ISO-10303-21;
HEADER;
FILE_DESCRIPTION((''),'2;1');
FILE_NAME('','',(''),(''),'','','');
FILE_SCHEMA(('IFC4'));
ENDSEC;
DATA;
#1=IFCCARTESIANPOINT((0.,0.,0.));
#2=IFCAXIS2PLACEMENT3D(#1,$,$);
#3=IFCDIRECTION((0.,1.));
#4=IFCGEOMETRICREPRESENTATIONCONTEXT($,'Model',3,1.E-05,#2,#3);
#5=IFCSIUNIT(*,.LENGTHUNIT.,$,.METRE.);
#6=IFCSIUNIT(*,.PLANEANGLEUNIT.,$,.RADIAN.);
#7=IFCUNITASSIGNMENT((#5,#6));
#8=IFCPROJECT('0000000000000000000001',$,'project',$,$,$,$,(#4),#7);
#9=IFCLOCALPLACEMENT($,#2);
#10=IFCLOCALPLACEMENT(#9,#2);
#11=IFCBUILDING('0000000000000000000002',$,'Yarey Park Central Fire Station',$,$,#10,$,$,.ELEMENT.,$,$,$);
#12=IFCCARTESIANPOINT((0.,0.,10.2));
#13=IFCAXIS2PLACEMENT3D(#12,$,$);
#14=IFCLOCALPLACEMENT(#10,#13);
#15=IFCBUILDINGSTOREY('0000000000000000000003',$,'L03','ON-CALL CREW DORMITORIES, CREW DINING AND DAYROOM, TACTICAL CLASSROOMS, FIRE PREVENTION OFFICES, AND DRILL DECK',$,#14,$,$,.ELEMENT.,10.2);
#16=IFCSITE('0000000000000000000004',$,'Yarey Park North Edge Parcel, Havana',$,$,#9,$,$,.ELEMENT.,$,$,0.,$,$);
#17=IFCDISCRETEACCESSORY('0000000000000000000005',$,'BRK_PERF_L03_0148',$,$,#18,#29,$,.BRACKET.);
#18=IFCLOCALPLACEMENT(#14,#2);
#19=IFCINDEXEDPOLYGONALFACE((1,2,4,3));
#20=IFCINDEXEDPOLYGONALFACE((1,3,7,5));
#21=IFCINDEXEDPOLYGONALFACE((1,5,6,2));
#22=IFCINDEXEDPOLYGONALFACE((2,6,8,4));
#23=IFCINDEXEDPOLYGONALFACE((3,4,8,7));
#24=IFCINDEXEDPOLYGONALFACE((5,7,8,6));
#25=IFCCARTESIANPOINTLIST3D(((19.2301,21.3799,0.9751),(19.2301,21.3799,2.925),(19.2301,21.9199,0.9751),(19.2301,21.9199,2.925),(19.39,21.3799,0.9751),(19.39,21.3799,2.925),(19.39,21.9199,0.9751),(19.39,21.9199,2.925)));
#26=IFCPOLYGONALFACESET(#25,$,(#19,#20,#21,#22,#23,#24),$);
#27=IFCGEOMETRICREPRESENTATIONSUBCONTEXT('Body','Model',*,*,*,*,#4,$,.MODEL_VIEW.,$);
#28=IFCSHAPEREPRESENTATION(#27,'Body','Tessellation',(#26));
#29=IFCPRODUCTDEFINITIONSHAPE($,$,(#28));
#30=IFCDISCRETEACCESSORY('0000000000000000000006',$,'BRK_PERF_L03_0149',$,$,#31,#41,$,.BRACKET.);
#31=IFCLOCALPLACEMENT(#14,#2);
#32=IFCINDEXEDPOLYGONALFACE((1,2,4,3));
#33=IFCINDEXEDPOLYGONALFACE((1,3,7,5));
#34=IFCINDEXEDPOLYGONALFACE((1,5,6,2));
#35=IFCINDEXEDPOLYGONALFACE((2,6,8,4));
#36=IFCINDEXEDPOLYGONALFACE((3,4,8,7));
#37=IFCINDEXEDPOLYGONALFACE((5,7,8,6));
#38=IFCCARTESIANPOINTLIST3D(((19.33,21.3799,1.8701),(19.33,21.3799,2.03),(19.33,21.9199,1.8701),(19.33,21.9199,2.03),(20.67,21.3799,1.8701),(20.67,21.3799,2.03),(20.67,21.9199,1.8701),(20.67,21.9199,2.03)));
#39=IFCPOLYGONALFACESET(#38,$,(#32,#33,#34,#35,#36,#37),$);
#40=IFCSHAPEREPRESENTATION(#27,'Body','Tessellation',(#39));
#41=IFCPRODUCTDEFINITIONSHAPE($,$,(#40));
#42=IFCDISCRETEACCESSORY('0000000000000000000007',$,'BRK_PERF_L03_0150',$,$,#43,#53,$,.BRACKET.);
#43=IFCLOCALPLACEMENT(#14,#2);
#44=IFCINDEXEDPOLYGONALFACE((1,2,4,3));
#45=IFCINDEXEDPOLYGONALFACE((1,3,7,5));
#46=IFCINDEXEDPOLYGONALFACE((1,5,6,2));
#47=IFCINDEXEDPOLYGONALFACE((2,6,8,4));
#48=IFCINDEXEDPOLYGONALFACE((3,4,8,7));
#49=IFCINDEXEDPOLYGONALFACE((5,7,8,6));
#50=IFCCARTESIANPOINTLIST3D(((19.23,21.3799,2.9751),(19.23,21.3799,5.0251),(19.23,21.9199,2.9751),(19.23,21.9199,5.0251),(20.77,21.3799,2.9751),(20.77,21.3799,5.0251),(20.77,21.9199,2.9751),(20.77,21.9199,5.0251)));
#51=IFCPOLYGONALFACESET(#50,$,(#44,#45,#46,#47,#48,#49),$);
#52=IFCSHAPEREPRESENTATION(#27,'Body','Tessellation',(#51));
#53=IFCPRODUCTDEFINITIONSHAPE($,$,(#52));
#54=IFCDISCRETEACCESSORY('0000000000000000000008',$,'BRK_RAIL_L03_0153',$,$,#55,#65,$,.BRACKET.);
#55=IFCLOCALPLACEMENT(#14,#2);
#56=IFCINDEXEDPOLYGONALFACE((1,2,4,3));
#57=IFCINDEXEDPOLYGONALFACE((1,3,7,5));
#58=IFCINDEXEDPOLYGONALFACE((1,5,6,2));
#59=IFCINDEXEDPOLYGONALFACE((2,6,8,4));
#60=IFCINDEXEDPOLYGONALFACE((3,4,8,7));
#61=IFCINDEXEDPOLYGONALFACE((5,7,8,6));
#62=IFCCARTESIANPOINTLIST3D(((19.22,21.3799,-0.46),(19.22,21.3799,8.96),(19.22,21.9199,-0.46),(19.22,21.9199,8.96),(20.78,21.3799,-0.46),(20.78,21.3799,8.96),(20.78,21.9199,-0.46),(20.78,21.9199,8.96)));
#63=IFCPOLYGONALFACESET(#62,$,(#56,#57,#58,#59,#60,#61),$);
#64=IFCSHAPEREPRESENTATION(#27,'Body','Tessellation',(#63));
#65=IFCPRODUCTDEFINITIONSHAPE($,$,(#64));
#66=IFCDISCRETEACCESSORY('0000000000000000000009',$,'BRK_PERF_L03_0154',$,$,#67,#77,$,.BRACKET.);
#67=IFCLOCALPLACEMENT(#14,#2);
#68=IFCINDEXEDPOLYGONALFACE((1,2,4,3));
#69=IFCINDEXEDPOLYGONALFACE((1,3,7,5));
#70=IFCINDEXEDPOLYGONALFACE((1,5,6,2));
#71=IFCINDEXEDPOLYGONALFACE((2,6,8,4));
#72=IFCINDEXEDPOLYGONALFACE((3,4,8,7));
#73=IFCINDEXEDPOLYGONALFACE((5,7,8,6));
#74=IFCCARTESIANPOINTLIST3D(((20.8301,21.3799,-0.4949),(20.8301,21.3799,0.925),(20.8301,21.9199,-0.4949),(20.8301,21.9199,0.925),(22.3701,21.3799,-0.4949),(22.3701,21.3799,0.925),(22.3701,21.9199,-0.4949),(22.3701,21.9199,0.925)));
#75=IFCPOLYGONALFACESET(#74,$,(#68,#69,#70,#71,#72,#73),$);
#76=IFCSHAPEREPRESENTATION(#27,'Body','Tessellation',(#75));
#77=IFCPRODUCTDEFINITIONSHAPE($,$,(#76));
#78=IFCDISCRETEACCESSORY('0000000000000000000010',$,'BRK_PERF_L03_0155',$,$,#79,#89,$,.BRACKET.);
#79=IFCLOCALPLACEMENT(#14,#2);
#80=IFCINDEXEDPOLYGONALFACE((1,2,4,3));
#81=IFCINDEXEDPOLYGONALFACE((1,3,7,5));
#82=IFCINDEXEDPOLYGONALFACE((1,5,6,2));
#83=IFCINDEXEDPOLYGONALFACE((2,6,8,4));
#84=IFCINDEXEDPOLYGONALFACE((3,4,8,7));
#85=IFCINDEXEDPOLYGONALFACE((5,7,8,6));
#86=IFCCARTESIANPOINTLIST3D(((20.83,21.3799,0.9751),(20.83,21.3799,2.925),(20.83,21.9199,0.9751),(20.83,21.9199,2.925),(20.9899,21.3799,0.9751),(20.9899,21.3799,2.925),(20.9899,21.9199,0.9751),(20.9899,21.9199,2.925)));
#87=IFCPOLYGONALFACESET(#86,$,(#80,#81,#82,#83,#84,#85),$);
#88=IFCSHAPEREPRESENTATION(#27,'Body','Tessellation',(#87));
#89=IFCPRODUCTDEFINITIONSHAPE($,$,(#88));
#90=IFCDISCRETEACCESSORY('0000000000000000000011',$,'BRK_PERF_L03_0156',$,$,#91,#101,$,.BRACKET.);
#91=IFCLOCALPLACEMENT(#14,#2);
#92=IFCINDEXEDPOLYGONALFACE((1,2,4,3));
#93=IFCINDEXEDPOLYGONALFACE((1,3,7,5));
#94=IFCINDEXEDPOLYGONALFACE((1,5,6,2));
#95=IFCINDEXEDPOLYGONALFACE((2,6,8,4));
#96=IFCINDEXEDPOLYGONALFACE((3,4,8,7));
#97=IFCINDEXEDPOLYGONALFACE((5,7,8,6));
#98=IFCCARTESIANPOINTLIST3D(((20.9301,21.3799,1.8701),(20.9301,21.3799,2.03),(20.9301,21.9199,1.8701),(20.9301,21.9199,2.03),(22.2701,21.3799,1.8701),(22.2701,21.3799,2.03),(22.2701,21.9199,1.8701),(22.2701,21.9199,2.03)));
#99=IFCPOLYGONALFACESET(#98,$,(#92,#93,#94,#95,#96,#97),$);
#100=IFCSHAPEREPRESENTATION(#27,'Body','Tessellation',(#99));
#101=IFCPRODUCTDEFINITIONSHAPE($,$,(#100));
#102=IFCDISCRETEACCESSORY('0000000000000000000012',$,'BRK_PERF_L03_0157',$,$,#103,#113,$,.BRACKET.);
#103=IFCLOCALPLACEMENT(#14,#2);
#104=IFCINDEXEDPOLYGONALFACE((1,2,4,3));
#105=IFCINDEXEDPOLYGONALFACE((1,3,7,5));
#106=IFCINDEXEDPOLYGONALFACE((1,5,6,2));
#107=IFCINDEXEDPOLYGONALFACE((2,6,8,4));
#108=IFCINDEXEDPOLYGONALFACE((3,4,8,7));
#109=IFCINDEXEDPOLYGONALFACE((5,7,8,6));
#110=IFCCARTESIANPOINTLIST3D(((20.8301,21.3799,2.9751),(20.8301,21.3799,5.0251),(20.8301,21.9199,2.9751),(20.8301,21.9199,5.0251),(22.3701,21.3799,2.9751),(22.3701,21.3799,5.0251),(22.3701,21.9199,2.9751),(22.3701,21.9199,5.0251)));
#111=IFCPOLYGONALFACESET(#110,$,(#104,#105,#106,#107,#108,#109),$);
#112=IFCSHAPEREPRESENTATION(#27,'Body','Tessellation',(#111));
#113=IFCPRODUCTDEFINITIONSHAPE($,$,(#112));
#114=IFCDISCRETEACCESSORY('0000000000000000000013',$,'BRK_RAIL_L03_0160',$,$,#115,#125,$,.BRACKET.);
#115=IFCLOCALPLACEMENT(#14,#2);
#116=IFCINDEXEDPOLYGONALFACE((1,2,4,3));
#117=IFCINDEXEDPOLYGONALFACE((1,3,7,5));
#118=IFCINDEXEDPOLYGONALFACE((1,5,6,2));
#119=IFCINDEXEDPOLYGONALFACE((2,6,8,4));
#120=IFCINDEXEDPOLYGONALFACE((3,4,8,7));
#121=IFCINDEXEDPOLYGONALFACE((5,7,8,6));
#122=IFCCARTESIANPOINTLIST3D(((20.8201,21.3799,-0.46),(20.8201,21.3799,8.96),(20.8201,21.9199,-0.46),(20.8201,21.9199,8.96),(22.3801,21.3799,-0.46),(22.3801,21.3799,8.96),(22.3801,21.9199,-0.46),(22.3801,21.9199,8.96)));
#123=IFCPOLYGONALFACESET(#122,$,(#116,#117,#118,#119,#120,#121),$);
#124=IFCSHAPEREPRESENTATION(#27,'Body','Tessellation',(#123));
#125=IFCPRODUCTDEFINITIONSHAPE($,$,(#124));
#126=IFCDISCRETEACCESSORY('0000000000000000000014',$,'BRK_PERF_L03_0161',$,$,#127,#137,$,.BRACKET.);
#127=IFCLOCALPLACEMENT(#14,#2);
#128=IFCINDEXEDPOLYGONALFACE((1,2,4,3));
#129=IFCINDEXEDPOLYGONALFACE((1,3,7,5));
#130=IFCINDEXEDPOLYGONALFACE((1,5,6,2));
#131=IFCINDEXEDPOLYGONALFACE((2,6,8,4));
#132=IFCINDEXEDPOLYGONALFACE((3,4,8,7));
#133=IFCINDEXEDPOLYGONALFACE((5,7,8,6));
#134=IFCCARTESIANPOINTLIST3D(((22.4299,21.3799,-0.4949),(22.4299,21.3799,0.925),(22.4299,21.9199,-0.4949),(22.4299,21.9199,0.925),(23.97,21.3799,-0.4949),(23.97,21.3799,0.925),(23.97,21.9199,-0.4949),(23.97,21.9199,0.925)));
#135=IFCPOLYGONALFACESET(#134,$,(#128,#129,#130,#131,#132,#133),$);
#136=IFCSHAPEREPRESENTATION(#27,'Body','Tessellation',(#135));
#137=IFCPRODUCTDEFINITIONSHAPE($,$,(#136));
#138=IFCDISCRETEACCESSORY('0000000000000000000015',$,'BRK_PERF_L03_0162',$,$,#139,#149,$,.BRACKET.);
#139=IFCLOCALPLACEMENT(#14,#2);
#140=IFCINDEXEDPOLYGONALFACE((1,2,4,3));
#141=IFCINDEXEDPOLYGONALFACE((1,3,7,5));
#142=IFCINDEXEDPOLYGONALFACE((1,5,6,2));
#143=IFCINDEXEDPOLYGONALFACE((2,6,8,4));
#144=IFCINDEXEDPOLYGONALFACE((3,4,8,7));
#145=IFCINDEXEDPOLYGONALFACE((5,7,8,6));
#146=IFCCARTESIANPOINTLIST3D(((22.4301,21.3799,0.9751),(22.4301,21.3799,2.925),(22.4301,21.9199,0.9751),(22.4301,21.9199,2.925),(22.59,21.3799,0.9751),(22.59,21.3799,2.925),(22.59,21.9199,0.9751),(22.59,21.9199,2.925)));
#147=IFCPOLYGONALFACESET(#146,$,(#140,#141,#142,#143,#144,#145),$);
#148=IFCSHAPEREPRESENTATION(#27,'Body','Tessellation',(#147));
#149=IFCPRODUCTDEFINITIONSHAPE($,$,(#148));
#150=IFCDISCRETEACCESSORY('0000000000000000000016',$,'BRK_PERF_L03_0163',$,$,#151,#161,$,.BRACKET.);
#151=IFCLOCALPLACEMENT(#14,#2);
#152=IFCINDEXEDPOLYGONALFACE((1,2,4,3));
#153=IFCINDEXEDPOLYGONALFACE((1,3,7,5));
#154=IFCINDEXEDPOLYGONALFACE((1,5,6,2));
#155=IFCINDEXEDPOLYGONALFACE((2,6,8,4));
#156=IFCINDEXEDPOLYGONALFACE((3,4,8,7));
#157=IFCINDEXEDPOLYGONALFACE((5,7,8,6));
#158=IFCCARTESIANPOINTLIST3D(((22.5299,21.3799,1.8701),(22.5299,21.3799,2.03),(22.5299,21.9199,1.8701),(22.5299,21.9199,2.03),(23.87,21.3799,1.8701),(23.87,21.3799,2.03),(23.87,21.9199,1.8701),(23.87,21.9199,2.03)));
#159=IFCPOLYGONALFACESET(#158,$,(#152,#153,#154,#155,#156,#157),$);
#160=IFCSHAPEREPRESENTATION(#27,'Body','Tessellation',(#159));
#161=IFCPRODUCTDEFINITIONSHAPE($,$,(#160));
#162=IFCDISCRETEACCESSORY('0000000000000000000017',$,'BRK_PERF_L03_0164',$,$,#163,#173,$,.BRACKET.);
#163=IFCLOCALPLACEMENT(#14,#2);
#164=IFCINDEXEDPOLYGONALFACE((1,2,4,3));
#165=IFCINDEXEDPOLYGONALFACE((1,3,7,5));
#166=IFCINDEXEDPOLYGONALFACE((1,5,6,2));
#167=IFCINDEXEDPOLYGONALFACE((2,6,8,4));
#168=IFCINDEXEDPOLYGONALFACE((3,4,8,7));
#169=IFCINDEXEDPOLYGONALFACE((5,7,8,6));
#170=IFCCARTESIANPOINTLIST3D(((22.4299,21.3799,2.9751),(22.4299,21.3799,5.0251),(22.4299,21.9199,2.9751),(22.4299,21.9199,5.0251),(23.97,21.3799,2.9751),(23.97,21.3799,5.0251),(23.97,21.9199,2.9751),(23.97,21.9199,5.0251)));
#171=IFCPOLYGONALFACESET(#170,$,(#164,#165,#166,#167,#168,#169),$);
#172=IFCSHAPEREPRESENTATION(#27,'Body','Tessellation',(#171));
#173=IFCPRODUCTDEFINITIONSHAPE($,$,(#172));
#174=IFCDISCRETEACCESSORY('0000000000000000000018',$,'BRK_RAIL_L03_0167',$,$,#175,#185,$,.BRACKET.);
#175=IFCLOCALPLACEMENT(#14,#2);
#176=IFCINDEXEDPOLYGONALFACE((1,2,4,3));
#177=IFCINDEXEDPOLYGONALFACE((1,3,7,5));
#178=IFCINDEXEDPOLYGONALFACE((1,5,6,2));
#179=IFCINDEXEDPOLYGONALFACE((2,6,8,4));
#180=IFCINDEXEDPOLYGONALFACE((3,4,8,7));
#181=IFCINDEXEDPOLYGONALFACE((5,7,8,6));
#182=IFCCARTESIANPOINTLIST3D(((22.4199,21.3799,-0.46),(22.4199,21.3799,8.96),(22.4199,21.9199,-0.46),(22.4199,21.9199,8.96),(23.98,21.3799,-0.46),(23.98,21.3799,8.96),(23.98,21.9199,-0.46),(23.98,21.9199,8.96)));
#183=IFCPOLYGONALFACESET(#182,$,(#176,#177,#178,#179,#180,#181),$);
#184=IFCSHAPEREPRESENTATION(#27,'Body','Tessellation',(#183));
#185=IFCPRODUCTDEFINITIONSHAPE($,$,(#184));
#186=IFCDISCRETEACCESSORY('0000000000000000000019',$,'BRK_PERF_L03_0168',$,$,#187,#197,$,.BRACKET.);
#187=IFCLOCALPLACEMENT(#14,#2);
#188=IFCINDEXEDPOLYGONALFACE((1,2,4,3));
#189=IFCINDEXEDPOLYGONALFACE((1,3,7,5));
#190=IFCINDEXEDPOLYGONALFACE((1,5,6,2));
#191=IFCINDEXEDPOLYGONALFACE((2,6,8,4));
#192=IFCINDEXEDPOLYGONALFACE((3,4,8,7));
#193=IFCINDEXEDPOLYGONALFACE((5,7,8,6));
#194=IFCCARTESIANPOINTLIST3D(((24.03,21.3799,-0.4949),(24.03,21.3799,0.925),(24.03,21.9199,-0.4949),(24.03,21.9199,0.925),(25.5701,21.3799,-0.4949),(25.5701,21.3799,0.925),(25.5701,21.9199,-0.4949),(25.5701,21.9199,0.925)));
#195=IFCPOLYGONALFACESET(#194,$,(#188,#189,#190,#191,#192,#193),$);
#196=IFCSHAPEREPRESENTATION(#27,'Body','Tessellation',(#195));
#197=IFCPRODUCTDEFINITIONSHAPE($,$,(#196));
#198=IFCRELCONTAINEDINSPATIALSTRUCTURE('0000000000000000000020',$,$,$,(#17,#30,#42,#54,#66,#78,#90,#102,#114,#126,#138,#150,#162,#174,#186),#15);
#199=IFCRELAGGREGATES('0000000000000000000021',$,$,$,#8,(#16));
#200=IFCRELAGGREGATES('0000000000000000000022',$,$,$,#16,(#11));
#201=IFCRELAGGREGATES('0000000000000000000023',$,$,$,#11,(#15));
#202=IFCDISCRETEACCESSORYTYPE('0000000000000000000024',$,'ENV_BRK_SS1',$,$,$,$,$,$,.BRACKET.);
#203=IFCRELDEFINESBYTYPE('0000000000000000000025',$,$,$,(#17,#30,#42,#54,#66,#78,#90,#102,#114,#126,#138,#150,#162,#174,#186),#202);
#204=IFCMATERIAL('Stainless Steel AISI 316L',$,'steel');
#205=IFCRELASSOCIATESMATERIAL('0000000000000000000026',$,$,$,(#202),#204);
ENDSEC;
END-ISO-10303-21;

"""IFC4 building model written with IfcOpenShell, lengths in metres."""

from ifc_helpers import new_model, si_unit, direction, frame, origin, origin_2d, place, context, subcontext, project, spatial, rectangle, extrude, material, type_object, element, save


model = new_model("IFC4")

# Units and contexts
model_context = context("Model", 3, precision=1e-05, world=origin(), true_north=direction((0.0, 1.0)))
body_context = subcontext(model_context, "Body", "Model", "MODEL_VIEW")
ifc_project = project(units=[si_unit("LENGTHUNIT", "METRE"), si_unit("PLANEANGLEUNIT", "RADIAN")], contexts=[model_context])

# Site, building, storey
site_placement = place(None, origin())
site = spatial("IfcSite", under=ifc_project, at=site_placement, Name="Yarey Park North Edge Parcel, Havana", CompositionType="ELEMENT", RefElevation=0.0)
building_placement = place(site_placement, origin())
building = spatial("IfcBuilding", under=site, at=building_placement, Name="Yarey Park Central Fire Station", CompositionType="ELEMENT")
storey_placement = place(building_placement, frame((0.0, 0.0, 10.2)))
storey = spatial("IfcBuildingStorey", under=building, at=storey_placement, Name="L03", Description="ON-CALL CREW DORMITORIES, CREW DINING AND DAYROOM, TACTICAL CLASSROOMS, FIRE PREVENTION OFFICES, AND DRILL DECK", CompositionType="ELEMENT", Elevation=10.2)

# Discrete accessories
ifc_material_1 = material(Name="Stainless Steel AISI 316L", Category="steel")
discrete_accessory_type = type_object("IfcDiscreteAccessoryType", Name="ENV_BRK_SS1", PredefinedType="BRACKET", material=ifc_material_1)
discrete_accessory_1_placement = place(storey_placement, frame((19.3101, 21.6499, 0.9751), z_axis=(0.0, 0.0, 1.0), x_axis=(1.0, 0.0, 0.0)))
element("IfcDiscreteAccessory", 1, at=discrete_accessory_1_placement, inside=storey, type_object=discrete_accessory_type, Name="BRK_PERF_L03_0148", PredefinedType="BRACKET", context=body_context, shape_type="SweptSolid", body=[
    extrude(rectangle(XDim=0.1599, YDim=0.54, at=origin_2d()), origin(), (0.0, 0.0, 1.0), 1.95),
])
discrete_accessory_2_placement = place(storey_placement, frame((20.0, 21.6499, 1.8701), z_axis=(0.0, 0.0, 1.0), x_axis=(1.0, 0.0, 0.0)))
element("IfcDiscreteAccessory", 2, at=discrete_accessory_2_placement, inside=storey, type_object=discrete_accessory_type, Name="BRK_PERF_L03_0149", PredefinedType="BRACKET", context=body_context, shape_type="SweptSolid", body=[
    extrude(rectangle(XDim=1.3401, YDim=0.54, at=origin_2d()), origin(), (0.0, 0.0, 1.0), 0.1599),
])
discrete_accessory_3_placement = place(storey_placement, frame((20.0, 21.6499, 2.9751), z_axis=(0.0, 0.0, 1.0), x_axis=(1.0, 0.0, 0.0)))
element("IfcDiscreteAccessory", 3, at=discrete_accessory_3_placement, inside=storey, type_object=discrete_accessory_type, Name="BRK_PERF_L03_0150", PredefinedType="BRACKET", context=body_context, shape_type="SweptSolid", body=[
    extrude(rectangle(XDim=1.54, YDim=0.54, at=origin_2d()), origin(), (0.0, 0.0, 1.0), 2.05),
])
discrete_accessory_4_placement = place(storey_placement, frame((20.0, 21.6499, -0.46), z_axis=(0.0, 0.0, 1.0), x_axis=(1.0, 0.0, 0.0)))
element("IfcDiscreteAccessory", 4, at=discrete_accessory_4_placement, inside=storey, type_object=discrete_accessory_type, Name="BRK_RAIL_L03_0153", PredefinedType="BRACKET", context=body_context, shape_type="SweptSolid", body=[
    extrude(rectangle(XDim=1.5601, YDim=0.54, at=origin_2d()), origin(), (0.0, 0.0, 1.0), 9.4199),
])
discrete_accessory_5_placement = place(storey_placement, frame((21.6001, 21.6499, -0.4949), z_axis=(0.0, 0.0, 1.0), x_axis=(1.0, 0.0, 0.0)))
element("IfcDiscreteAccessory", 5, at=discrete_accessory_5_placement, inside=storey, type_object=discrete_accessory_type, Name="BRK_PERF_L03_0154", PredefinedType="BRACKET", context=body_context, shape_type="SweptSolid", body=[
    extrude(rectangle(XDim=1.54, YDim=0.54, at=origin_2d()), origin(), (0.0, 0.0, 1.0), 1.4199),
])
discrete_accessory_6_placement = place(storey_placement, frame((20.9099, 21.6499, 0.9751), z_axis=(0.0, 0.0, 1.0), x_axis=(1.0, 0.0, 0.0)))
element("IfcDiscreteAccessory", 6, at=discrete_accessory_6_placement, inside=storey, type_object=discrete_accessory_type, Name="BRK_PERF_L03_0155", PredefinedType="BRACKET", context=body_context, shape_type="SweptSolid", body=[
    extrude(rectangle(XDim=0.1599, YDim=0.54, at=origin_2d()), origin(), (0.0, 0.0, 1.0), 1.95),
])
discrete_accessory_7_placement = place(storey_placement, frame((21.6001, 21.6499, 1.8701), z_axis=(0.0, 0.0, 1.0), x_axis=(1.0, 0.0, 0.0)))
element("IfcDiscreteAccessory", 7, at=discrete_accessory_7_placement, inside=storey, type_object=discrete_accessory_type, Name="BRK_PERF_L03_0156", PredefinedType="BRACKET", context=body_context, shape_type="SweptSolid", body=[
    extrude(rectangle(XDim=1.3401, YDim=0.54, at=origin_2d()), origin(), (0.0, 0.0, 1.0), 0.1599),
])
discrete_accessory_8_placement = place(storey_placement, frame((21.6001, 21.6499, 2.9751), z_axis=(0.0, 0.0, 1.0), x_axis=(1.0, 0.0, 0.0)))
element("IfcDiscreteAccessory", 8, at=discrete_accessory_8_placement, inside=storey, type_object=discrete_accessory_type, Name="BRK_PERF_L03_0157", PredefinedType="BRACKET", context=body_context, shape_type="SweptSolid", body=[
    extrude(rectangle(XDim=1.54, YDim=0.54, at=origin_2d()), origin(), (0.0, 0.0, 1.0), 2.05),
])
discrete_accessory_9_placement = place(storey_placement, frame((21.6001, 21.6499, -0.46), z_axis=(0.0, 0.0, 1.0), x_axis=(1.0, 0.0, 0.0)))
element("IfcDiscreteAccessory", 9, at=discrete_accessory_9_placement, inside=storey, type_object=discrete_accessory_type, Name="BRK_RAIL_L03_0160", PredefinedType="BRACKET", context=body_context, shape_type="SweptSolid", body=[
    extrude(rectangle(XDim=1.5601, YDim=0.54, at=origin_2d()), origin(), (0.0, 0.0, 1.0), 9.4199),
])
discrete_accessory_10_placement = place(storey_placement, frame((23.2, 21.6499, -0.4949), z_axis=(0.0, 0.0, 1.0), x_axis=(1.0, 0.0, 0.0)))
element("IfcDiscreteAccessory", 10, at=discrete_accessory_10_placement, inside=storey, type_object=discrete_accessory_type, Name="BRK_PERF_L03_0161", PredefinedType="BRACKET", context=body_context, shape_type="SweptSolid", body=[
    extrude(rectangle(XDim=1.54, YDim=0.54, at=origin_2d()), origin(), (0.0, 0.0, 1.0), 1.4199),
])
discrete_accessory_11_placement = place(storey_placement, frame((22.51, 21.6499, 0.9751), z_axis=(0.0, 0.0, 1.0), x_axis=(1.0, 0.0, 0.0)))
element("IfcDiscreteAccessory", 11, at=discrete_accessory_11_placement, inside=storey, type_object=discrete_accessory_type, Name="BRK_PERF_L03_0162", PredefinedType="BRACKET", context=body_context, shape_type="SweptSolid", body=[
    extrude(rectangle(XDim=0.1599, YDim=0.54, at=origin_2d()), origin(), (0.0, 0.0, 1.0), 1.95),
])
discrete_accessory_12_placement = place(storey_placement, frame((23.2, 21.6499, 1.8701), z_axis=(0.0, 0.0, 1.0), x_axis=(1.0, 0.0, 0.0)))
element("IfcDiscreteAccessory", 12, at=discrete_accessory_12_placement, inside=storey, type_object=discrete_accessory_type, Name="BRK_PERF_L03_0163", PredefinedType="BRACKET", context=body_context, shape_type="SweptSolid", body=[
    extrude(rectangle(XDim=1.3401, YDim=0.54, at=origin_2d()), origin(), (0.0, 0.0, 1.0), 0.1599),
])
discrete_accessory_13_placement = place(storey_placement, frame((23.2, 21.6499, 2.9751), z_axis=(0.0, 0.0, 1.0), x_axis=(1.0, 0.0, 0.0)))
element("IfcDiscreteAccessory", 13, at=discrete_accessory_13_placement, inside=storey, type_object=discrete_accessory_type, Name="BRK_PERF_L03_0164", PredefinedType="BRACKET", context=body_context, shape_type="SweptSolid", body=[
    extrude(rectangle(XDim=1.54, YDim=0.54, at=origin_2d()), origin(), (0.0, 0.0, 1.0), 2.05),
])
discrete_accessory_14_placement = place(storey_placement, frame((23.2, 21.6499, -0.46), z_axis=(0.0, 0.0, 1.0), x_axis=(1.0, 0.0, 0.0)))
element("IfcDiscreteAccessory", 14, at=discrete_accessory_14_placement, inside=storey, type_object=discrete_accessory_type, Name="BRK_RAIL_L03_0167", PredefinedType="BRACKET", context=body_context, shape_type="SweptSolid", body=[
    extrude(rectangle(XDim=1.5601, YDim=0.54, at=origin_2d()), origin(), (0.0, 0.0, 1.0), 9.4199),
])
discrete_accessory_15_placement = place(storey_placement, frame((24.8, 21.6499, -0.4949), z_axis=(0.0, 0.0, 1.0), x_axis=(1.0, 0.0, 0.0)))
element("IfcDiscreteAccessory", 15, at=discrete_accessory_15_placement, inside=storey, type_object=discrete_accessory_type, Name="BRK_PERF_L03_0168", PredefinedType="BRACKET", context=body_context, shape_type="SweptSolid", body=[
    extrude(rectangle(XDim=1.54, YDim=0.54, at=origin_2d()), origin(), (0.0, 0.0, 1.0), 1.4199),
])

save(model, "model.ifc")
